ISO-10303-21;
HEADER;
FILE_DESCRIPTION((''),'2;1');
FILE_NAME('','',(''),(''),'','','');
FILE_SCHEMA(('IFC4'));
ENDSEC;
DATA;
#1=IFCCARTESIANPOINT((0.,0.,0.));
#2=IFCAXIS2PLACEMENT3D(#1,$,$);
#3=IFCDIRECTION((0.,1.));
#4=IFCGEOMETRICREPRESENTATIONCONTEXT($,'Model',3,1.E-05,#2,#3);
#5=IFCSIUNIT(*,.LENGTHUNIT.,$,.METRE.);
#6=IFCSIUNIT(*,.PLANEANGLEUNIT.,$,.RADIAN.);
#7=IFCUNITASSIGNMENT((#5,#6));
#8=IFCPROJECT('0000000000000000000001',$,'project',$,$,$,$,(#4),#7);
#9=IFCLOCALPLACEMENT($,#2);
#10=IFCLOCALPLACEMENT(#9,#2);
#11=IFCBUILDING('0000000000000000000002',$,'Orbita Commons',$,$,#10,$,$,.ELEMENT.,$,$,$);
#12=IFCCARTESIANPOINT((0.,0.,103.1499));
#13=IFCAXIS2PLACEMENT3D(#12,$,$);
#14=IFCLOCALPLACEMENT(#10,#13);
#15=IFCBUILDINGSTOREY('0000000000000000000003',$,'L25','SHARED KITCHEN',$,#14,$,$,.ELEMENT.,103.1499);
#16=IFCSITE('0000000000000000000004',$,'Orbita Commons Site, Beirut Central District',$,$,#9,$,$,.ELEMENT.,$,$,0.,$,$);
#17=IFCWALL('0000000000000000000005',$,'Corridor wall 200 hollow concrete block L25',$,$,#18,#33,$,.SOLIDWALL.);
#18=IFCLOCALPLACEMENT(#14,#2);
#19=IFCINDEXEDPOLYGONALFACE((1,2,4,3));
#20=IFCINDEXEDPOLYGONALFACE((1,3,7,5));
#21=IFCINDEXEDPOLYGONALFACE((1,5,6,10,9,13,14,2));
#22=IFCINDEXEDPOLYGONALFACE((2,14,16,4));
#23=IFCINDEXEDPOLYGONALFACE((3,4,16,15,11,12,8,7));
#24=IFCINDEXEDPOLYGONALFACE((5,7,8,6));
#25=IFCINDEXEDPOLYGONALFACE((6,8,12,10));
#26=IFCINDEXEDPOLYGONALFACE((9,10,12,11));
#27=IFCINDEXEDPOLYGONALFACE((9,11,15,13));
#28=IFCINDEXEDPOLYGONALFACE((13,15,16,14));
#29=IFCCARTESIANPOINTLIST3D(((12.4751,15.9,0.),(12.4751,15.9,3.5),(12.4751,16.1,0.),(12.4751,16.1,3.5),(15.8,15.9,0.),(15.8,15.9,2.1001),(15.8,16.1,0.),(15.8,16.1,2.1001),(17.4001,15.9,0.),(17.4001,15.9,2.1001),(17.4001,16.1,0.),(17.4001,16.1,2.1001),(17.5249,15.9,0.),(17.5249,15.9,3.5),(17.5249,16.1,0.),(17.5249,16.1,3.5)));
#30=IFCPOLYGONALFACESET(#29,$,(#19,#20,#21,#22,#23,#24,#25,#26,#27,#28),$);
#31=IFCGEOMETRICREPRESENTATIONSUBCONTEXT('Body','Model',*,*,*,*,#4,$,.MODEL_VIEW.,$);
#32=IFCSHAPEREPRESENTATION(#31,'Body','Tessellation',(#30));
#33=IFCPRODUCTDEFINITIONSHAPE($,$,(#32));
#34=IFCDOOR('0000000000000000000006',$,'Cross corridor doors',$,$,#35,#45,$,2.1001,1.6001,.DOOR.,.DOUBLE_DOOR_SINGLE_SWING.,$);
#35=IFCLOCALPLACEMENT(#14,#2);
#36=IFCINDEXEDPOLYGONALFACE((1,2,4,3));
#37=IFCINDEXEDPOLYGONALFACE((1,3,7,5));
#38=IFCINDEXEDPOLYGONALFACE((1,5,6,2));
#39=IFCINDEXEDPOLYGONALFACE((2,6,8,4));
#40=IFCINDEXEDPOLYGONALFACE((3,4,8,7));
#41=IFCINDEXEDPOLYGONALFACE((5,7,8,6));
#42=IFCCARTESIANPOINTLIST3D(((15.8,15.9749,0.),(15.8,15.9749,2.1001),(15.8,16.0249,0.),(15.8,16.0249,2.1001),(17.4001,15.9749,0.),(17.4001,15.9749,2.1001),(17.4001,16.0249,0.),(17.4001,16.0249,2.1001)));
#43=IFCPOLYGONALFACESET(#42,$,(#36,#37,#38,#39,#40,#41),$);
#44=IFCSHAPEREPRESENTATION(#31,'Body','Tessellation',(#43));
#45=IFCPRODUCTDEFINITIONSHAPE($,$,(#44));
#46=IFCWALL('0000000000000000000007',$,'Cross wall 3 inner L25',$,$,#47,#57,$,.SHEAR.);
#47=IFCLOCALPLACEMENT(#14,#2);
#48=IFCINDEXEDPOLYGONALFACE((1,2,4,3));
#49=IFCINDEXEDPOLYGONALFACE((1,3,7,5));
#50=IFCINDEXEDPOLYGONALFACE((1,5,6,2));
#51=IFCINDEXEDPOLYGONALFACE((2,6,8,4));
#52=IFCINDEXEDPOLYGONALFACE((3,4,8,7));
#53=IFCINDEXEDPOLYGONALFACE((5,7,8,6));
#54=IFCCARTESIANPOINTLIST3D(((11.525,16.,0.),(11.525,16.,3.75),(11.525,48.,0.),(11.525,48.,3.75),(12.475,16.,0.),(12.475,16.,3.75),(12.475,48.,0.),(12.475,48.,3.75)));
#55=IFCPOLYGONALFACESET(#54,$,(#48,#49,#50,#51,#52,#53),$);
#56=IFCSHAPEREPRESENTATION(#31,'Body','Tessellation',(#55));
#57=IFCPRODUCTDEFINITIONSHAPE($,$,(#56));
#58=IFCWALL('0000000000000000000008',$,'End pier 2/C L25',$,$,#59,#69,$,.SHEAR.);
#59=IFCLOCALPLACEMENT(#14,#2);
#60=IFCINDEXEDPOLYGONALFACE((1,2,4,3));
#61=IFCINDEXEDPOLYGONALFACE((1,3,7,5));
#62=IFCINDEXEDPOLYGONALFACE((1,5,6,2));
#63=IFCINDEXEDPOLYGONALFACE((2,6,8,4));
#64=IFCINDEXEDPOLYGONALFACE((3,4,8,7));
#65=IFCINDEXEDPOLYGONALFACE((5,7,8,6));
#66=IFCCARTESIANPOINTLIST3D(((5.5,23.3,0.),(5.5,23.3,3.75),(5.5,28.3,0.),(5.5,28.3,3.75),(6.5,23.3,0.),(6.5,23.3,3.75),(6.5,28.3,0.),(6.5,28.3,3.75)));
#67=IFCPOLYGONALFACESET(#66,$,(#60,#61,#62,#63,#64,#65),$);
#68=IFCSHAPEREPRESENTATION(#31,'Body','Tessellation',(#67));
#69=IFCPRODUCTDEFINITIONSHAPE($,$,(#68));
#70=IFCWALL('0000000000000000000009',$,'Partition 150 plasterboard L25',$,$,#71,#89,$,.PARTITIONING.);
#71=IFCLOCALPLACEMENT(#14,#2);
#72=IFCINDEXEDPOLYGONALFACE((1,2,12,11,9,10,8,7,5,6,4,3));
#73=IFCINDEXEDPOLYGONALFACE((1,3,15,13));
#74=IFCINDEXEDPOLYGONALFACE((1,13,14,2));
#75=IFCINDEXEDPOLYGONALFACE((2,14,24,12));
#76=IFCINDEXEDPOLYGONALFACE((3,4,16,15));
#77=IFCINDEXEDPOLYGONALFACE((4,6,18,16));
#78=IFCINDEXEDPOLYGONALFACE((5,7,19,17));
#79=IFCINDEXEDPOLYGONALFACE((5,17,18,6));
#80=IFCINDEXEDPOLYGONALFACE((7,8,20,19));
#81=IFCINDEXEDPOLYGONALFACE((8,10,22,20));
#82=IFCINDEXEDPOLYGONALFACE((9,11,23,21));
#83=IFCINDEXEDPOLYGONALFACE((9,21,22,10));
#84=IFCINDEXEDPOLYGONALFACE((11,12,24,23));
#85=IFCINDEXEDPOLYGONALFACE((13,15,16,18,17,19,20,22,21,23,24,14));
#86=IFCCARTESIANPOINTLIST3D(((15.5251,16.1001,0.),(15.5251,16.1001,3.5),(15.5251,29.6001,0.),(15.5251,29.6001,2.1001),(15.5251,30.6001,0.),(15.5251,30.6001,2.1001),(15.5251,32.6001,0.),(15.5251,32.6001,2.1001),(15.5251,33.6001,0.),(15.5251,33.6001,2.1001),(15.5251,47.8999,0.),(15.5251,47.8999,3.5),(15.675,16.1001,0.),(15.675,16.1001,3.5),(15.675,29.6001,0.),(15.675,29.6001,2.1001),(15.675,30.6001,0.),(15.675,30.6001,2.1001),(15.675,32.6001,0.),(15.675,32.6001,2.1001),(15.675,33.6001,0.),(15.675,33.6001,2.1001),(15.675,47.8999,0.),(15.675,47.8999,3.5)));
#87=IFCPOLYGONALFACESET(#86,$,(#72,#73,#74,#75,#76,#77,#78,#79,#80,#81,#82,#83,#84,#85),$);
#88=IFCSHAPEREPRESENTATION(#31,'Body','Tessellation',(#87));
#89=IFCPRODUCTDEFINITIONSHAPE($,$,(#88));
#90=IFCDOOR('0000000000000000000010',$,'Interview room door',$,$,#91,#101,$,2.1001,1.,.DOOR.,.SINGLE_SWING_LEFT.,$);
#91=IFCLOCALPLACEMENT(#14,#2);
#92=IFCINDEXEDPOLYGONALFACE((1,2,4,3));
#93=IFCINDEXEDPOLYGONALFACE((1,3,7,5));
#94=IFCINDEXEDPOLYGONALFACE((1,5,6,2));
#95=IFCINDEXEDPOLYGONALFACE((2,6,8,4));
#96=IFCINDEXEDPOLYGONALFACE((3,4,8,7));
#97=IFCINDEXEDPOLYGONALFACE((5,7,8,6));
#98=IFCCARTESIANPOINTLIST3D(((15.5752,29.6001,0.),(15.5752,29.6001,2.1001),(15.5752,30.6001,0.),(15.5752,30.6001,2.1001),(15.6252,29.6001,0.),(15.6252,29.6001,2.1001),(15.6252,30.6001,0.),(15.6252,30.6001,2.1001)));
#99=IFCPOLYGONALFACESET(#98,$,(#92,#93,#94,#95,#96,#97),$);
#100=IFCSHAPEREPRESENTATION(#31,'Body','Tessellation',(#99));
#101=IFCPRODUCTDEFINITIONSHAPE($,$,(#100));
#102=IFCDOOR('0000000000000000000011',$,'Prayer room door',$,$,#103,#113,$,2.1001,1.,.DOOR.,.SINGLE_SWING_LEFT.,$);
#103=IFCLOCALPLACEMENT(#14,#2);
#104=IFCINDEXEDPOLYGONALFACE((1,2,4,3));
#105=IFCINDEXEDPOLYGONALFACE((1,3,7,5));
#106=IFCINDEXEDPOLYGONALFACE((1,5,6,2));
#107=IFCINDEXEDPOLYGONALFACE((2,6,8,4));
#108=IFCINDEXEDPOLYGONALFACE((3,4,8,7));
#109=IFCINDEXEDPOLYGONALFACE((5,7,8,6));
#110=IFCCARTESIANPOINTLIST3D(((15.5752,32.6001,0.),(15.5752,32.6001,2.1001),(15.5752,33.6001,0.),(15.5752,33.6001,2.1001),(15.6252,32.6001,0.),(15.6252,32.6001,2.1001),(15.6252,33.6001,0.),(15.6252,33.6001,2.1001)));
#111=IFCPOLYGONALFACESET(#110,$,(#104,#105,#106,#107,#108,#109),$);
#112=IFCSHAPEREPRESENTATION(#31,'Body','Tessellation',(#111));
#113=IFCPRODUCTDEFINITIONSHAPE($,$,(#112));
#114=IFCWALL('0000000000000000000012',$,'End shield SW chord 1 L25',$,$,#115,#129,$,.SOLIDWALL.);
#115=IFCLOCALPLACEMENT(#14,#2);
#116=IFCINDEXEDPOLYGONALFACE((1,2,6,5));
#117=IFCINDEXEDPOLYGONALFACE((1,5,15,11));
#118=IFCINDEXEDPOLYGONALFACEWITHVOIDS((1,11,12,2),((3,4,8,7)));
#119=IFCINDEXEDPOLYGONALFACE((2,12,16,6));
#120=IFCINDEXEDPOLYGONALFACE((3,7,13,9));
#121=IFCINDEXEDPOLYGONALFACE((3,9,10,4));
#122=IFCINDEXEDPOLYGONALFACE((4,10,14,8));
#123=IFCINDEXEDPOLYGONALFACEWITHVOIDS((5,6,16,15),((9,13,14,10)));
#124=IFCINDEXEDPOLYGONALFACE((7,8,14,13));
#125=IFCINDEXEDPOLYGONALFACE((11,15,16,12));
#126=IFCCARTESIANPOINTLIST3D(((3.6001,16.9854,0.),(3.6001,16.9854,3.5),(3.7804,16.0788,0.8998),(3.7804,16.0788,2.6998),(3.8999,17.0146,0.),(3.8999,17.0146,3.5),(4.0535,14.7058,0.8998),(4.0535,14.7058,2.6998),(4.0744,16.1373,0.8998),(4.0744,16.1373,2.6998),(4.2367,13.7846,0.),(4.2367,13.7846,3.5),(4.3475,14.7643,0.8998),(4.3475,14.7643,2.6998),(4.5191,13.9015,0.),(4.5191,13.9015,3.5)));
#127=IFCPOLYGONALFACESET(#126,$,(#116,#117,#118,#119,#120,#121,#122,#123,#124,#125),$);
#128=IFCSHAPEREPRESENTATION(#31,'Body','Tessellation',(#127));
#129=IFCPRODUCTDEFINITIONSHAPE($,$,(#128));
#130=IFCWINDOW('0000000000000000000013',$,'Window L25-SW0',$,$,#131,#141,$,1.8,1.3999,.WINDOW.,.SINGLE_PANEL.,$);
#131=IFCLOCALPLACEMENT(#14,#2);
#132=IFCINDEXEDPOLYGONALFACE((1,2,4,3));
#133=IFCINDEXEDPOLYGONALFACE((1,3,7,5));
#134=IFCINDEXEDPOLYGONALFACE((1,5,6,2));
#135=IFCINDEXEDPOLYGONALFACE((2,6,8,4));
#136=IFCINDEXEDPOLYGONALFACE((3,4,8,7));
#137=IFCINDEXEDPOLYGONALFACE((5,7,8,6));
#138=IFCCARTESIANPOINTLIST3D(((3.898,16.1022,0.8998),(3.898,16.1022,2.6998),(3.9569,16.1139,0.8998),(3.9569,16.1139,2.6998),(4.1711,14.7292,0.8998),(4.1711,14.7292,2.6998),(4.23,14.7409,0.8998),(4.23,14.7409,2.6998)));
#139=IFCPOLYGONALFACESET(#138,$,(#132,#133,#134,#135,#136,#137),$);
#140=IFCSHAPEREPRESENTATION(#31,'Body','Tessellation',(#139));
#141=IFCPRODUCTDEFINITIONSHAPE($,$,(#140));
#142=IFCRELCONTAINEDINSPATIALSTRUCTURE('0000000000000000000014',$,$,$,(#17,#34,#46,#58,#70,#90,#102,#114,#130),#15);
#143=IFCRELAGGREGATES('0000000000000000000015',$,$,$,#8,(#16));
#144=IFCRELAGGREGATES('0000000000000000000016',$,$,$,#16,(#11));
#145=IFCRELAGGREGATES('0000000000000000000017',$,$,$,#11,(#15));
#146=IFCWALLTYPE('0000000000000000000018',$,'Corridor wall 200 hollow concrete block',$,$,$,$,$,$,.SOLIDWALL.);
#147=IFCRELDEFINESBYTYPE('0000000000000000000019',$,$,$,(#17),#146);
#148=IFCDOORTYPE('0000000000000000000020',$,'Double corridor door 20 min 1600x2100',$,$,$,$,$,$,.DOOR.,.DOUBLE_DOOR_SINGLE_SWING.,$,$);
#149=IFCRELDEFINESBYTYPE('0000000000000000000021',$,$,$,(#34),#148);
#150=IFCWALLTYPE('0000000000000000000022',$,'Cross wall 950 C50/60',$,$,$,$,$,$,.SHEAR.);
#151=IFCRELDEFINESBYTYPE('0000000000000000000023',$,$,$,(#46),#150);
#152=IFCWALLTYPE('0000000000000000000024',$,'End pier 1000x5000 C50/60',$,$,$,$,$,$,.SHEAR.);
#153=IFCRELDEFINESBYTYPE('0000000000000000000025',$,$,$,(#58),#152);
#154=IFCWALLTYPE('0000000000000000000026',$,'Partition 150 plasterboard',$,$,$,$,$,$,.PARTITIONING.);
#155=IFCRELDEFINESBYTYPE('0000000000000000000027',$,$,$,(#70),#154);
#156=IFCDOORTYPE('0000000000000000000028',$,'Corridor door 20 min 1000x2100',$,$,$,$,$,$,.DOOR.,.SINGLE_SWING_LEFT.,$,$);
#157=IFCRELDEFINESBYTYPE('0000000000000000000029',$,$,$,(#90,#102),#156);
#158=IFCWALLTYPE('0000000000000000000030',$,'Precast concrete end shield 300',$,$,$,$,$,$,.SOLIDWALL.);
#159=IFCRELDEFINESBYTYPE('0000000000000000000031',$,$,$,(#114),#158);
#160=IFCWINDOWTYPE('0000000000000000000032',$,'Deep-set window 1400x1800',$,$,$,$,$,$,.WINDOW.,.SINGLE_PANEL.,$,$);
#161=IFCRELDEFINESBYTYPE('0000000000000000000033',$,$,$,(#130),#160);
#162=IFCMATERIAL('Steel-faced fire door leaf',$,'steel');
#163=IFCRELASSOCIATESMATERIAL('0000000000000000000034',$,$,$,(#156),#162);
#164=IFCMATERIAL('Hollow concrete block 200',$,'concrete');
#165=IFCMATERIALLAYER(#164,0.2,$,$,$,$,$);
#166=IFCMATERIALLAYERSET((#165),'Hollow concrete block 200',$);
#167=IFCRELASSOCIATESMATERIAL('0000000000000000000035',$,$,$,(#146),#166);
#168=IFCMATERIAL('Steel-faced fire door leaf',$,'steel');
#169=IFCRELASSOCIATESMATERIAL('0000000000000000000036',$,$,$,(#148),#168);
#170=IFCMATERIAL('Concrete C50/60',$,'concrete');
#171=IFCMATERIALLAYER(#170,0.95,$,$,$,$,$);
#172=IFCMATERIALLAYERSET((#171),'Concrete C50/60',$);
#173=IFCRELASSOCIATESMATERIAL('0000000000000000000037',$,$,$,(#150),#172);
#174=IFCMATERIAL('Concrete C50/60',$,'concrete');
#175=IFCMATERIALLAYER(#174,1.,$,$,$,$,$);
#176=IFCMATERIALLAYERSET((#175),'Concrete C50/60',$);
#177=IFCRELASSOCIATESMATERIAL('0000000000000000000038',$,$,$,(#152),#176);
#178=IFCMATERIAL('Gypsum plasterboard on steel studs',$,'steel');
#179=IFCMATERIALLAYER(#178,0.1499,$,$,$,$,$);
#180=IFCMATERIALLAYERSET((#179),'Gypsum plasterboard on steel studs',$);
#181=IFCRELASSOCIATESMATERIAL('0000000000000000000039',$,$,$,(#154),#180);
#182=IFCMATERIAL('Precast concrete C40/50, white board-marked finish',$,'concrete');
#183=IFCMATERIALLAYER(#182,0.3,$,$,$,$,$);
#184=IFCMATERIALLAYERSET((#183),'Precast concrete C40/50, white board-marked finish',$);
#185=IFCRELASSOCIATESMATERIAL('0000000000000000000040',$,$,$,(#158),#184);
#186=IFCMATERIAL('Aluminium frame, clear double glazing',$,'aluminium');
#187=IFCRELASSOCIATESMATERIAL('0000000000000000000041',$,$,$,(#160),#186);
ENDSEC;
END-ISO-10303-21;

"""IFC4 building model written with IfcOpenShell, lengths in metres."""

from ifc_helpers import new_model, si_unit, direction, frame, frame_2d, origin, place, context, subcontext, project, spatial, polyline, rectangle, outline, extrude, material, layer, layer_set, type_object, element, fill, save


model = new_model("IFC4")

# Units and contexts
model_context = context("Model", 3, precision=1e-05, world=origin(), true_north=direction((0.0, 1.0)))
body_context = subcontext(model_context, "Body", "Model", "MODEL_VIEW")
ifc_project = project(units=[si_unit("LENGTHUNIT", "METRE"), si_unit("PLANEANGLEUNIT", "RADIAN")], contexts=[model_context])

# Site, building, storey
site_placement = place(None, origin())
site = spatial("IfcSite", under=ifc_project, at=site_placement, Name="Orbita Commons Site, Beirut Central District", CompositionType="ELEMENT", RefElevation=0.0)
building_placement = place(site_placement, origin())
building = spatial("IfcBuilding", under=site, at=building_placement, Name="Orbita Commons", CompositionType="ELEMENT")
storey_placement = place(building_placement, frame((0.0, 0.0, 103.1499)))
storey = spatial("IfcBuildingStorey", under=building, at=storey_placement, Name="L25", Description="SHARED KITCHEN", CompositionType="ELEMENT", Elevation=103.1499)

# Wall, opening, door
ifc_material_1 = material(Name="Steel-faced fire door leaf", Category="steel")
door_type_1 = type_object("IfcDoorType", Name="Corridor door 20 min 1000x2100", OperationType="SINGLE_SWING_LEFT", PredefinedType="DOOR", material=ifc_material_1)
ifc_material_2 = material(Name="Hollow concrete block 200", Category="concrete")
ifc_layer_1 = layer(ifc_material_2, 0.2)
ifc_layer_set_1 = layer_set([ifc_layer_1], Name="Hollow concrete block 200")
wall_type_1 = type_object("IfcWallType", Name="Corridor wall 200 hollow concrete block", PredefinedType="SOLIDWALL", material=ifc_layer_set_1)
wall_1_placement = place(storey_placement, frame((12.4751, 16.0, 0.0), z_axis=(0.0, 0.0, 1.0), x_axis=(1.0, 0.0, 0.0)))
wall_1 = element("IfcWall", 1, at=wall_1_placement, inside=storey, type_object=wall_type_1, Name="Corridor wall 200 hollow concrete block L25", PredefinedType="SOLIDWALL", context=body_context, shape_type="SweptSolid", body=[
    extrude(rectangle(XDim=5.0498, YDim=0.2, at=frame_2d((2.5249, 0.0))), origin(), (0.0, 0.0, 1.0), 3.5),
])
opening_1_placement = place(wall_1_placement, frame((3.325, 0.0, 0.0)))
opening_1 = element("IfcOpeningElement", 2, at=opening_1_placement, cuts=wall_1, PredefinedType="OPENING", context=body_context, shape_type="SweptSolid", body=[
    extrude(rectangle(XDim=1.6001, YDim=2.1001, at=frame_2d((0.8, 1.05))), frame((0.0, 0.1099, 0.0), z_axis=(0.0, -1.0, 0.0), x_axis=(1.0, 0.0, 0.0)), (0.0, 0.0, 1.0), 0.22),
])
ifc_material_3 = material(Name="Steel-faced fire door leaf", Category="steel")
door_type_2 = type_object("IfcDoorType", Name="Double corridor door 20 min 1600x2100", OperationType="DOUBLE_DOOR_SINGLE_SWING", PredefinedType="DOOR", material=ifc_material_3)
door_1_placement = place(opening_1_placement, origin())
door_1 = element("IfcDoor", 3, at=door_1_placement, inside=storey, type_object=door_type_2, Name="Cross corridor doors", OperationType="DOUBLE_DOOR_SINGLE_SWING", OverallHeight=2.1001, OverallWidth=1.6001, PredefinedType="DOOR", context=body_context, shape_type="SweptSolid", body=[
    extrude(rectangle(XDim=1.6001, YDim=2.1001, at=frame_2d((0.8, 1.05))), frame((0.0, 0.0249, 0.0), z_axis=(0.0, -1.0, 0.0), x_axis=(1.0, 0.0, 0.0)), (0.0, 0.0, 1.0), 0.05),
])
fill(opening_1, door_1)

# Walls
ifc_material_4 = material(Name="Concrete C50/60", Category="concrete")
ifc_layer_2 = layer(ifc_material_4, 0.95)
ifc_layer_set_2 = layer_set([ifc_layer_2], Name="Concrete C50/60")
wall_type_2 = type_object("IfcWallType", Name="Cross wall 950 C50/60", PredefinedType="SHEAR", material=ifc_layer_set_2)
wall_2_placement = place(storey_placement, frame((12.0, 16.0, 0.0), z_axis=(0.0, 0.0, 1.0), x_axis=(0.0, 1.0, 0.0)))
element("IfcWall", 4, at=wall_2_placement, inside=storey, type_object=wall_type_2, Name="Cross wall 3 inner L25", PredefinedType="SHEAR", context=body_context, shape_type="SweptSolid", body=[
    extrude(rectangle(XDim=32.0, YDim=0.95, at=frame_2d((16.0, 0.0))), origin(), (0.0, 0.0, 1.0), 3.75),
])
ifc_material_5 = material(Name="Concrete C50/60", Category="concrete")
ifc_layer_3 = layer(ifc_material_5, 1.0)
ifc_layer_set_3 = layer_set([ifc_layer_3], Name="Concrete C50/60")
wall_type_3 = type_object("IfcWallType", Name="End pier 1000x5000 C50/60", PredefinedType="SHEAR", material=ifc_layer_set_3)
wall_3_placement = place(storey_placement, frame((6.0, 23.3, 0.0), z_axis=(0.0, 0.0, 1.0), x_axis=(0.0, 1.0, 0.0)))
element("IfcWall", 5, at=wall_3_placement, inside=storey, type_object=wall_type_3, Name="End pier 2/C L25", PredefinedType="SHEAR", context=body_context, shape_type="SweptSolid", body=[
    extrude(rectangle(XDim=5.0, YDim=1.0, at=frame_2d((2.5, 0.0))), origin(), (0.0, 0.0, 1.0), 3.75),
])

# Wall, openings, doors
ifc_material_6 = material(Name="Gypsum plasterboard on steel studs", Category="steel")
ifc_layer_4 = layer(ifc_material_6, 0.1499)
ifc_layer_set_4 = layer_set([ifc_layer_4], Name="Gypsum plasterboard on steel studs")
wall_type_4 = type_object("IfcWallType", Name="Partition 150 plasterboard", PredefinedType="PARTITIONING", material=ifc_layer_set_4)
wall_4_placement = place(storey_placement, frame((15.6001, 16.1001, 0.0), z_axis=(0.0, 0.0, 1.0), x_axis=(0.0, 1.0, 0.0)))
wall_4 = element("IfcWall", 6, at=wall_4_placement, inside=storey, type_object=wall_type_4, Name="Partition 150 plasterboard L25", PredefinedType="PARTITIONING", context=body_context, shape_type="SweptSolid", body=[
    extrude(rectangle(XDim=31.7998, YDim=0.1499, at=frame_2d((15.8999, 0.0))), origin(), (0.0, 0.0, 1.0), 3.5),
])
opening_2_placement = place(wall_4_placement, frame((13.5, 0.0, 0.0)))
opening_2 = element("IfcOpeningElement", 7, at=opening_2_placement, cuts=wall_4, PredefinedType="OPENING", context=body_context, shape_type="SweptSolid", body=[
    extrude(rectangle(XDim=1.0, YDim=2.1001, at=frame_2d((0.5, 1.05))), frame((0.0, 0.085, 0.0), z_axis=(0.0, -1.0, 0.0), x_axis=(1.0, 0.0, 0.0)), (0.0, 0.0, 1.0), 0.1699),
])
opening_3_placement = place(wall_4_placement, frame((16.5, 0.0, 0.0)))
opening_3 = element("IfcOpeningElement", 8, at=opening_3_placement, cuts=wall_4, PredefinedType="OPENING", context=body_context, shape_type="SweptSolid", body=[
    extrude(rectangle(XDim=1.0, YDim=2.1001, at=frame_2d((0.5, 1.05))), frame((0.0, 0.085, 0.0), z_axis=(0.0, -1.0, 0.0), x_axis=(1.0, 0.0, 0.0)), (0.0, 0.0, 1.0), 0.1699),
])
door_2_placement = place(opening_2_placement, origin())
door_2 = element("IfcDoor", 9, at=door_2_placement, inside=storey, type_object=door_type_1, Name="Interview room door", OperationType="SINGLE_SWING_LEFT", OverallHeight=2.1001, OverallWidth=1.0, PredefinedType="DOOR", context=body_context, shape_type="SweptSolid", body=[
    extrude(rectangle(XDim=1.0, YDim=2.1001, at=frame_2d((0.5, 1.05))), frame((0.0, 0.0249, 0.0), z_axis=(0.0, -1.0, 0.0), x_axis=(1.0, 0.0, 0.0)), (0.0, 0.0, 1.0), 0.05),
])
fill(opening_2, door_2)
door_3_placement = place(opening_3_placement, origin())
door_3 = element("IfcDoor", 10, at=door_3_placement, inside=storey, type_object=door_type_1, Name="Prayer room door", OperationType="SINGLE_SWING_LEFT", OverallHeight=2.1001, OverallWidth=1.0, PredefinedType="DOOR", context=body_context, shape_type="SweptSolid", body=[
    extrude(rectangle(XDim=1.0, YDim=2.1001, at=frame_2d((0.5, 1.05))), frame((0.0, 0.0249, 0.0), z_axis=(0.0, -1.0, 0.0), x_axis=(1.0, 0.0, 0.0)), (0.0, 0.0, 1.0), 0.05),
])
fill(opening_3, door_3)

# Wall, opening, window
ifc_material_7 = material(Name="Precast concrete C40/50, white board-marked finish", Category="concrete")
ifc_layer_5 = layer(ifc_material_7, 0.3)
ifc_layer_set_5 = layer_set([ifc_layer_5], Name="Precast concrete C40/50, white board-marked finish")
wall_type_5 = type_object("IfcWallType", Name="Precast concrete end shield 300", PredefinedType="SOLIDWALL", material=ifc_layer_set_5)
wall_5_placement = place(storey_placement, frame((3.75, 17.0, 0.0), z_axis=(0.0, 0.0, 1.0), x_axis=(0.19508, -0.980787, 0.0)))
wall_5 = element("IfcWall", 11, at=wall_5_placement, inside=storey, type_object=wall_type_5, Name="End shield SW chord 1 L25", PredefinedType="SOLIDWALL", context=body_context, shape_type="SweptSolid", body=[
    extrude(outline(polyline([(-0.0149, -0.1499), (3.2485, -0.1499), (3.189, 0.1499), (0.0149, 0.1499), (-0.0149, -0.1499)])), origin(), (0.0, 0.0, 1.0), 3.5),
])
opening_4_placement = place(wall_5_placement, frame((0.9094, 0.0, 0.8999)))
opening_4 = element("IfcOpeningElement", 12, at=opening_4_placement, cuts=wall_5, PredefinedType="OPENING", context=body_context, shape_type="SweptSolid", body=[
    extrude(rectangle(XDim=1.3999, YDim=1.8, at=frame_2d((0.7, 0.8999))), frame((0.0, 0.1599, 0.0), z_axis=(0.0, -1.0, 0.0), x_axis=(1.0, 0.0, 0.0)), (0.0, 0.0, 1.0), 0.3201),
])
ifc_material_8 = material(Name="Aluminium frame, clear double glazing", Category="aluminium")
window_type = type_object("IfcWindowType", Name="Deep-set window 1400x1800", PartitioningType="SINGLE_PANEL", PredefinedType="WINDOW", material=ifc_material_8)
window_1_placement = place(opening_4_placement, origin())
window_1 = element("IfcWindow", 13, at=window_1_placement, inside=storey, type_object=window_type, Name="Window L25-SW0", OverallHeight=1.8, OverallWidth=1.3999, PartitioningType="SINGLE_PANEL", PredefinedType="WINDOW", context=body_context, shape_type="SweptSolid", body=[
    extrude(rectangle(XDim=1.3999, YDim=1.8, at=frame_2d((0.7, 0.8999))), frame((0.0, 0.03, 0.0), z_axis=(0.0, -1.0, 0.0), x_axis=(1.0, 0.0, 0.0)), (0.0, 0.0, 1.0), 0.0601),
])
fill(opening_4, window_1)

save(model, "model.ifc")
